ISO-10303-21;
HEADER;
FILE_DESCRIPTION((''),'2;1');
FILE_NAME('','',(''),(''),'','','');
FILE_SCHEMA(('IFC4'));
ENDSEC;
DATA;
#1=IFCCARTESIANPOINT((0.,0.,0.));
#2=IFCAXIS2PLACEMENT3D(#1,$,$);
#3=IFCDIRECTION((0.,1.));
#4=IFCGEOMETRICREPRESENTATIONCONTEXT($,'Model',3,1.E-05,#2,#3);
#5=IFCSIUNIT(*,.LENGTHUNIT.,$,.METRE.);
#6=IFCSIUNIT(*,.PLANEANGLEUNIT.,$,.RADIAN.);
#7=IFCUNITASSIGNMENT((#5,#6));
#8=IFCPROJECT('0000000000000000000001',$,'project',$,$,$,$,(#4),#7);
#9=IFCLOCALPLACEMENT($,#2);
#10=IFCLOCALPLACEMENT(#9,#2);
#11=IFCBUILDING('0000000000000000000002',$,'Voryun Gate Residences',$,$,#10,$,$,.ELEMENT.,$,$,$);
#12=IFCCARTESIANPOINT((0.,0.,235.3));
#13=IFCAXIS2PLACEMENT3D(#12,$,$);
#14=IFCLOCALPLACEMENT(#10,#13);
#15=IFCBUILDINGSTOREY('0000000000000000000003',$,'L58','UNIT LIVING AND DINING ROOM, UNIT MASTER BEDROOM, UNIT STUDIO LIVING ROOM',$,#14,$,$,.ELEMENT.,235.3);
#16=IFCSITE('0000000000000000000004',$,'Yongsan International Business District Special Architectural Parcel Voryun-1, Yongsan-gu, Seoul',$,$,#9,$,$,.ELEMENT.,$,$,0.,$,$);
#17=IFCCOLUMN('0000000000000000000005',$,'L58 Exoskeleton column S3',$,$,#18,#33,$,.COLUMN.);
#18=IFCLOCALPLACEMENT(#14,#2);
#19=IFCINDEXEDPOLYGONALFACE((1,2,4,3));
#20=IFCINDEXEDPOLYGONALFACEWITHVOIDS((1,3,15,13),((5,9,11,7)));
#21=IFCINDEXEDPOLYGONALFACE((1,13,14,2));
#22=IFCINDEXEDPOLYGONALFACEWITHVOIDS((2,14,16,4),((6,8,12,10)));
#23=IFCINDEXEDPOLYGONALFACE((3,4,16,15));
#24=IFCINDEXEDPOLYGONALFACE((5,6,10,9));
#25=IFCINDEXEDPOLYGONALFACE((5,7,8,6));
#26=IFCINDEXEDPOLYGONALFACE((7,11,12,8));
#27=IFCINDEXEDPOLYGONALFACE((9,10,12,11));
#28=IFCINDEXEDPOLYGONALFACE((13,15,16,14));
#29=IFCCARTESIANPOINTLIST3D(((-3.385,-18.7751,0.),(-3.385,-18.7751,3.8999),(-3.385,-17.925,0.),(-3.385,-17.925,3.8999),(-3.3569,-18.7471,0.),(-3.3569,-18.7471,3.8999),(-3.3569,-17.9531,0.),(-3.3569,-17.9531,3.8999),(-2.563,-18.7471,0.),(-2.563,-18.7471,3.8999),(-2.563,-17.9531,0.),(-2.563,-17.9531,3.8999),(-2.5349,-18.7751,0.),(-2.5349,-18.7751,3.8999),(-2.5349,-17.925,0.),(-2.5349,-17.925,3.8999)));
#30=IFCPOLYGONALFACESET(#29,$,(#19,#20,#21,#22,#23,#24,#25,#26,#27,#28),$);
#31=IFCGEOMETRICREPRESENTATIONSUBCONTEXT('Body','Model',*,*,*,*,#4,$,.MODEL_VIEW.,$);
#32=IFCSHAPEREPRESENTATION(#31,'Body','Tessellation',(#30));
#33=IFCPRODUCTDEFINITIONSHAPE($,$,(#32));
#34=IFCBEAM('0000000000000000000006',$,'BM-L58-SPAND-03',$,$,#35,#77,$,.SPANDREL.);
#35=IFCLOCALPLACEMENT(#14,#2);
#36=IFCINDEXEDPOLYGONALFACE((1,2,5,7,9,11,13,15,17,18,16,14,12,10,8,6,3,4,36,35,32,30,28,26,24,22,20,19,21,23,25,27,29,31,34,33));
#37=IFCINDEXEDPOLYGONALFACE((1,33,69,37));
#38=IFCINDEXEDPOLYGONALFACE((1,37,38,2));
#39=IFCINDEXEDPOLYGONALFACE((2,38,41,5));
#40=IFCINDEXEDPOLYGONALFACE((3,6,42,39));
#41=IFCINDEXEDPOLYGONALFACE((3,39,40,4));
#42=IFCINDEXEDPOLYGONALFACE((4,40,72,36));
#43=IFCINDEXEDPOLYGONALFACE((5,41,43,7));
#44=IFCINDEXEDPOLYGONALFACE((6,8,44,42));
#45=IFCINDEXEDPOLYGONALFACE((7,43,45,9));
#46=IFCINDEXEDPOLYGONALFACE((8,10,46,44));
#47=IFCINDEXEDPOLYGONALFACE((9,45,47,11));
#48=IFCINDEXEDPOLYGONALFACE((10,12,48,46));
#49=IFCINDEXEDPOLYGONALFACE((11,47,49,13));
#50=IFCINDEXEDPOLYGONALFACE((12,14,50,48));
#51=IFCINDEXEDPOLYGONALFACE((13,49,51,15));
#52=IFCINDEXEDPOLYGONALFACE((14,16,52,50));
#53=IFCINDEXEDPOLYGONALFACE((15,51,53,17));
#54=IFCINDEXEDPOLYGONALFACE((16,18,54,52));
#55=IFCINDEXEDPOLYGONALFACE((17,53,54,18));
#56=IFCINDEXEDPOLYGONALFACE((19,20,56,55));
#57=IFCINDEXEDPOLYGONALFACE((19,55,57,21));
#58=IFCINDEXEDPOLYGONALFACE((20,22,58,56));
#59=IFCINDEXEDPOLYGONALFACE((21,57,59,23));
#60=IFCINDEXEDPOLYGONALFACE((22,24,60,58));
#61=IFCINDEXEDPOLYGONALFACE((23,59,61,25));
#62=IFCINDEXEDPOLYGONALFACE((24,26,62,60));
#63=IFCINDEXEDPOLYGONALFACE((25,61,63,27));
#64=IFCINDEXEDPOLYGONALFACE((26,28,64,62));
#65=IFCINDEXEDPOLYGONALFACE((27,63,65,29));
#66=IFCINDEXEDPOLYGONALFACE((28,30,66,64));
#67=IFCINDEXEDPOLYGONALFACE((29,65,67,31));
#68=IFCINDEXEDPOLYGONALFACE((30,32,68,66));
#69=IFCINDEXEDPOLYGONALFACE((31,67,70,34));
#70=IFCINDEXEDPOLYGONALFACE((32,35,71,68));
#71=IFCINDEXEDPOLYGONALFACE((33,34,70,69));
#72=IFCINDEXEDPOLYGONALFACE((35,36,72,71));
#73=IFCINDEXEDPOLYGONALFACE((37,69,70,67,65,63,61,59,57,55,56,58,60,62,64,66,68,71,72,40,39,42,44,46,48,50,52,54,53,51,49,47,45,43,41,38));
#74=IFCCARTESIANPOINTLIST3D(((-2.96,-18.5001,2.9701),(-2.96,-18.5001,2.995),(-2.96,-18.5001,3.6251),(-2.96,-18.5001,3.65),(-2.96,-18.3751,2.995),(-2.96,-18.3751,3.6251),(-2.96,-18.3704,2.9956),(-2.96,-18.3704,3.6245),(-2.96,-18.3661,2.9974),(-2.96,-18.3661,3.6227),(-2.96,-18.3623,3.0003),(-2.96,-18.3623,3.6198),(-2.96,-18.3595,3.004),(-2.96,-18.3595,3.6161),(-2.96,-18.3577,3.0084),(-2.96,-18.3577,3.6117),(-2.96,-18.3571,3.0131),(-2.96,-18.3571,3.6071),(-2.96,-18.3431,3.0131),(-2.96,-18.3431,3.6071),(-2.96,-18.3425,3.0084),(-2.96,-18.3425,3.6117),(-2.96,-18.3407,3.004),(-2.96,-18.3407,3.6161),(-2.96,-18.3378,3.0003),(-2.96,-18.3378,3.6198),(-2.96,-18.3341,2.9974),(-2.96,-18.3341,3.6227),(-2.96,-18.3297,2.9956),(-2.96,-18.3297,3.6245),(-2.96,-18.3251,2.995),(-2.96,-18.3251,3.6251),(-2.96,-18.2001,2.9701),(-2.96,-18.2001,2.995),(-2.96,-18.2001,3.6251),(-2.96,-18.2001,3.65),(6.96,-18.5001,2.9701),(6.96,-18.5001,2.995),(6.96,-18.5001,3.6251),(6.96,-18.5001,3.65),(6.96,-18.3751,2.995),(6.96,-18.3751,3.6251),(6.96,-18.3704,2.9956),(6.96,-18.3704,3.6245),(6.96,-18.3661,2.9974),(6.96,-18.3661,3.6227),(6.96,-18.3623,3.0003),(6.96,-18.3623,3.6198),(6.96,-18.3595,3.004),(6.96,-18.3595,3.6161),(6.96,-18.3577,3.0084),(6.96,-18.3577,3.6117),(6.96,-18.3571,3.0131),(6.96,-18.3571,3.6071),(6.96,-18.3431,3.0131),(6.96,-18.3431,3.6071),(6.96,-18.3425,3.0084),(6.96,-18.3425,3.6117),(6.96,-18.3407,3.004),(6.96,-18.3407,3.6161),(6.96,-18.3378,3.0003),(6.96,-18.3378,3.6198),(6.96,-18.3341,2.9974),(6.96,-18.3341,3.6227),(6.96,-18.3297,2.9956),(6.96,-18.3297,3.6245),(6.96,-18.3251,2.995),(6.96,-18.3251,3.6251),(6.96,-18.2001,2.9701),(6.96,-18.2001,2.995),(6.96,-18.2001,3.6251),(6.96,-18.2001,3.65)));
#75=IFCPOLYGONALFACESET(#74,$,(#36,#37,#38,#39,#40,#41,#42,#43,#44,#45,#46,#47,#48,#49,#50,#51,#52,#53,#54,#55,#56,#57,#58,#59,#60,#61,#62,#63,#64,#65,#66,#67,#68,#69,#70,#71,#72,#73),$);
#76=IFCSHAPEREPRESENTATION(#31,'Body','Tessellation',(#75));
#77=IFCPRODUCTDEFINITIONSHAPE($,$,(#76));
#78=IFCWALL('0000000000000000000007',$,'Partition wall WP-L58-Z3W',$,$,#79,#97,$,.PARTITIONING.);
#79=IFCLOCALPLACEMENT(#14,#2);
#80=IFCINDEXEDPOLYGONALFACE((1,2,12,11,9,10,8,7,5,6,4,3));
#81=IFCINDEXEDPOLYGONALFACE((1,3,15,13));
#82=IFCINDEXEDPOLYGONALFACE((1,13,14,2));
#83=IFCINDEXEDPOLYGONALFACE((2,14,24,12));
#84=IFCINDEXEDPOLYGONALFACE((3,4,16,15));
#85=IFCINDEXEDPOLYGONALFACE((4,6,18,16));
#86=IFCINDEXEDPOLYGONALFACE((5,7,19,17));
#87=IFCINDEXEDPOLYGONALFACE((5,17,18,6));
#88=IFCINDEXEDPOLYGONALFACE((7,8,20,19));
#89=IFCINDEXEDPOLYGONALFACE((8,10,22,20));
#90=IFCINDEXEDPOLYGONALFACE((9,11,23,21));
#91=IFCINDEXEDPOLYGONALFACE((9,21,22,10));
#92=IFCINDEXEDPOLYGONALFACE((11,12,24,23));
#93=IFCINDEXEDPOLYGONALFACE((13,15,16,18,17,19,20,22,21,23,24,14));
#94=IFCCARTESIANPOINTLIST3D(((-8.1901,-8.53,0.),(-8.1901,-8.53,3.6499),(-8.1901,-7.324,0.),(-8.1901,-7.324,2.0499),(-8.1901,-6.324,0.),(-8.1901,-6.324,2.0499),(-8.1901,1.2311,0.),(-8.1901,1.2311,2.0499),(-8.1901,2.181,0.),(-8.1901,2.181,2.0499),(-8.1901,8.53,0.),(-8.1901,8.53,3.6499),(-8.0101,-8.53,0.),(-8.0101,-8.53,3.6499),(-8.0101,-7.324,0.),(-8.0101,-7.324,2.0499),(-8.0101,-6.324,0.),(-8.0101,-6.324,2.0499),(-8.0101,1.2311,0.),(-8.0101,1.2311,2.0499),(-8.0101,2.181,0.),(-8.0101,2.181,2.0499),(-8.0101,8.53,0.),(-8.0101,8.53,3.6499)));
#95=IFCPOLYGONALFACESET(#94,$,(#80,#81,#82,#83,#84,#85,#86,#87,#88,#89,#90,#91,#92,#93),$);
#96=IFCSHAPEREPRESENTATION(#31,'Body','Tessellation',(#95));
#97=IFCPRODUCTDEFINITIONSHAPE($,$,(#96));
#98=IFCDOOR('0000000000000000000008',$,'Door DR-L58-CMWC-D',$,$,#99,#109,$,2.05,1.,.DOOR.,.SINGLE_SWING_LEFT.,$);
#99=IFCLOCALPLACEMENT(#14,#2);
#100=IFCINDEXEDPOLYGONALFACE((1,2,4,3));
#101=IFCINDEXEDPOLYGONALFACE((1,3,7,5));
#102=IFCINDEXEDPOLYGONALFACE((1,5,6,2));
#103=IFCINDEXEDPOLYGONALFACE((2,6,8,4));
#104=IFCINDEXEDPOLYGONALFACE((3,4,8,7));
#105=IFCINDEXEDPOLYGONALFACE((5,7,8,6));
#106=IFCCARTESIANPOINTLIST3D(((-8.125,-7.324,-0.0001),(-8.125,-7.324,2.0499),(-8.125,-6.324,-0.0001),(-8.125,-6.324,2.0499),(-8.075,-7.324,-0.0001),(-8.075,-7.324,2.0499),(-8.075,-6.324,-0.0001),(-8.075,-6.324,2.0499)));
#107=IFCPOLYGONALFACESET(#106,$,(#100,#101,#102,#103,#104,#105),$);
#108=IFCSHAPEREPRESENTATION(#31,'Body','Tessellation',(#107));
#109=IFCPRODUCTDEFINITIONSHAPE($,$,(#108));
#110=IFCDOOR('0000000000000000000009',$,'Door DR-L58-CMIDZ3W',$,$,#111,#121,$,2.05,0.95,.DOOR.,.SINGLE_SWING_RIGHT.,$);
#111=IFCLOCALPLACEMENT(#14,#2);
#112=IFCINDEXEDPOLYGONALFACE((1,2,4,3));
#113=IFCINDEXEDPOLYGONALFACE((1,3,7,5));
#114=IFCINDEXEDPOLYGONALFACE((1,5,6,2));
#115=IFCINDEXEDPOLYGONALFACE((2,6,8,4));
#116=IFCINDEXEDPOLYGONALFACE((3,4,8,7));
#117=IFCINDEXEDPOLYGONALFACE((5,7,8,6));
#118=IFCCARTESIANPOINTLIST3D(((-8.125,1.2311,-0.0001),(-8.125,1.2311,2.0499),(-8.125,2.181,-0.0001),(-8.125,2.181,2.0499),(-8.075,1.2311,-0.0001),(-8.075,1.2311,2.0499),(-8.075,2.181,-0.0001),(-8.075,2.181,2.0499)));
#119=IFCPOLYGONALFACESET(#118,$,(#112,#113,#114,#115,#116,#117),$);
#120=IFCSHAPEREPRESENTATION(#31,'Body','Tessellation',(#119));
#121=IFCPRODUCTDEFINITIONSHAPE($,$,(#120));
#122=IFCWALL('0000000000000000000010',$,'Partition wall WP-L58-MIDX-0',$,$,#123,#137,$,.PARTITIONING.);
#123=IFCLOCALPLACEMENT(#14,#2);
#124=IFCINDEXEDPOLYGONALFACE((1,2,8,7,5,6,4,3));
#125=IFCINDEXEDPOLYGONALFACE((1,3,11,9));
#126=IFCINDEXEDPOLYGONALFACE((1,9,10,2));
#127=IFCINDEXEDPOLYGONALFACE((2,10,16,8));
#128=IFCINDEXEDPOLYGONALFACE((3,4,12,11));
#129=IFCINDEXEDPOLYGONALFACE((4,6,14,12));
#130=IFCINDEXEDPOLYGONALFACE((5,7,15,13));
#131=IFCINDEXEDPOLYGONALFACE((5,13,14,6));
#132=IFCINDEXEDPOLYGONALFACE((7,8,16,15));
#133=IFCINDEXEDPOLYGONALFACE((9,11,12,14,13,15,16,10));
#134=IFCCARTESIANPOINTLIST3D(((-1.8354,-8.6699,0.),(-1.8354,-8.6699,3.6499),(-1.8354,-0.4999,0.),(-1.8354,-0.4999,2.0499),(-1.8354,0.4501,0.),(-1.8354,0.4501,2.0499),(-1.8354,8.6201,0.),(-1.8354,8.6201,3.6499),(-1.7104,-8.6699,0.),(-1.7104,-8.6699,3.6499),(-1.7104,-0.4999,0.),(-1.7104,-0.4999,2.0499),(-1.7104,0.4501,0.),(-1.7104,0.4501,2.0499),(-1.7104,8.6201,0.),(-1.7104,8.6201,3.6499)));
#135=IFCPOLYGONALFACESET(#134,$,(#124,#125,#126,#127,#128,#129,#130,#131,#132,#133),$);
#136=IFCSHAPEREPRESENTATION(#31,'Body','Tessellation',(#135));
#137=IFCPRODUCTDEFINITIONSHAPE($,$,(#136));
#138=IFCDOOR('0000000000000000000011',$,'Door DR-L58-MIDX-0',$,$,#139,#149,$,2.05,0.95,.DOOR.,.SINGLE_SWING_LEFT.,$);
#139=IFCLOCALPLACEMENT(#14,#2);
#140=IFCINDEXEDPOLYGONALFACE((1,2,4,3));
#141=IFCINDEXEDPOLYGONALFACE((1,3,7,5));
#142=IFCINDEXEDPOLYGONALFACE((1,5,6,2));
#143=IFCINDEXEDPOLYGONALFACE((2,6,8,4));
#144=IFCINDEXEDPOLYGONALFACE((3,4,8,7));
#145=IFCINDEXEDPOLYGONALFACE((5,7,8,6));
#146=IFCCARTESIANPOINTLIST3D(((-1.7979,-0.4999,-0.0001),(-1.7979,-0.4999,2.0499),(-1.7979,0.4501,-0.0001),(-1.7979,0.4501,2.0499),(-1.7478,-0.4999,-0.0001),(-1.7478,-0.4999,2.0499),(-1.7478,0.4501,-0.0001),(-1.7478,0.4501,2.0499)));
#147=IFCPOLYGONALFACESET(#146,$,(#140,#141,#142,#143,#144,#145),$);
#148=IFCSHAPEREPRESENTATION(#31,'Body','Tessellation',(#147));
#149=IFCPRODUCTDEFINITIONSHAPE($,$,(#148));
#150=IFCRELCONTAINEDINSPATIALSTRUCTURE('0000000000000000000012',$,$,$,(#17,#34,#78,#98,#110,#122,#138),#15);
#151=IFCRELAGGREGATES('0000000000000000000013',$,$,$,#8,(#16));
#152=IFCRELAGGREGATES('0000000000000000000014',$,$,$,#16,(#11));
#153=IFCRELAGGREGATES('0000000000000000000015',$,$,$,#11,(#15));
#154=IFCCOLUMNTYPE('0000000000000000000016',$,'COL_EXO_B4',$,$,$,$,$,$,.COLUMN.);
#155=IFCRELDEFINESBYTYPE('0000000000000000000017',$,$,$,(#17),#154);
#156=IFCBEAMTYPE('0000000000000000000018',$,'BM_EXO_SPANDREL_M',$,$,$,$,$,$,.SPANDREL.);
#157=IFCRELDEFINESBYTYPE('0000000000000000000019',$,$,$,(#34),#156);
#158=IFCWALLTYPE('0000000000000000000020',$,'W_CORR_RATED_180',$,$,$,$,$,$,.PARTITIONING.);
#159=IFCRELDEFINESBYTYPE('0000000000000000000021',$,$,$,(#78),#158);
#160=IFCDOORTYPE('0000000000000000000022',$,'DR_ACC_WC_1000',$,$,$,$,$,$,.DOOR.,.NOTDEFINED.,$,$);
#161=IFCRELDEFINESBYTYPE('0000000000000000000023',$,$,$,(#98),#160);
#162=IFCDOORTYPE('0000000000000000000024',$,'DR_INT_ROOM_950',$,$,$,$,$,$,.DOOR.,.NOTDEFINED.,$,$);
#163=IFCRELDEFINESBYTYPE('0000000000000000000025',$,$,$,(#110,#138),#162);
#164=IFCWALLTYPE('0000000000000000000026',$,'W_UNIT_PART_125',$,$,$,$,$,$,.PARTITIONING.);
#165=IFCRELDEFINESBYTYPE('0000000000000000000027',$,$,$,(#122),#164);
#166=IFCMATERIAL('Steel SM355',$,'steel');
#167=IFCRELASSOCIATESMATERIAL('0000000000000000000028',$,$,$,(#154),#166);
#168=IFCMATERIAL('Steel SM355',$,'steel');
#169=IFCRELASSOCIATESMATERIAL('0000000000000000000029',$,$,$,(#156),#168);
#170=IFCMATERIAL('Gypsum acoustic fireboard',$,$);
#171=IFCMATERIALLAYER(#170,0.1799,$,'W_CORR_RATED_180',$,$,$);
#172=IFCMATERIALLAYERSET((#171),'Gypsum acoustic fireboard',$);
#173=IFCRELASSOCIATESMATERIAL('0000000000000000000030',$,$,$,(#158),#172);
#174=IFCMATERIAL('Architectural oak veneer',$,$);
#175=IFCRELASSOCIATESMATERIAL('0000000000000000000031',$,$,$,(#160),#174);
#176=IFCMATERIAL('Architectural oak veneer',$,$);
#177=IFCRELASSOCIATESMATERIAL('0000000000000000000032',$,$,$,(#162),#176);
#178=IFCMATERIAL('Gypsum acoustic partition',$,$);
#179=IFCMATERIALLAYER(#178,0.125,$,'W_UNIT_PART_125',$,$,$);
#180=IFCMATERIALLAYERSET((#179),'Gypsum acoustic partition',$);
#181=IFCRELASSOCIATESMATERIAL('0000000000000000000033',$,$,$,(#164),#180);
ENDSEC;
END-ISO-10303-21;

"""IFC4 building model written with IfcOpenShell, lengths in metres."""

from ifc_helpers import new_model, si_unit, direction, frame, frame_2d, origin, origin_2d, place, context, subcontext, project, spatial, rectangle, hollow_rectangle, i_section, extrude, material, layer, layer_set, material_profile, profile_set, type_object, element, fill, save


model = new_model("IFC4")

# Units and contexts
model_context = context("Model", 3, precision=1e-05, world=origin(), true_north=direction((0.0, 1.0)))
body_context = subcontext(model_context, "Body", "Model", "MODEL_VIEW")
ifc_project = project(units=[si_unit("LENGTHUNIT", "METRE"), si_unit("PLANEANGLEUNIT", "RADIAN")], contexts=[model_context])

# Site, building, storey
site_placement = place(None, origin())
site = spatial("IfcSite", under=ifc_project, at=site_placement, Name="Yongsan International Business District Special Architectural Parcel Voryun-1, Yongsan-gu, Seoul", CompositionType="ELEMENT", RefElevation=0.0)
building_placement = place(site_placement, origin())
building = spatial("IfcBuilding", under=site, at=building_placement, Name="Voryun Gate Residences", CompositionType="ELEMENT")
storey_placement = place(building_placement, frame((0.0, 0.0, 235.3)))
storey = spatial("IfcBuildingStorey", under=building, at=storey_placement, Name="L58", Description="UNIT LIVING AND DINING ROOM, UNIT MASTER BEDROOM, UNIT STUDIO LIVING ROOM", CompositionType="ELEMENT", Elevation=235.3)

# Column
ifc_material_1 = material(Name="Steel SM355", Category="steel")
ifc_material_profile_1 = material_profile(ifc_material_1, hollow_rectangle(XDim=0.8501, YDim=0.8501, WallThickness=0.0281, at=origin_2d()), Name="BOX-850x850x28")
ifc_profile_set_1 = profile_set([ifc_material_profile_1], Name="Steel SM355")
column_type = type_object("IfcColumnType", Name="COL_EXO_B4", PredefinedType="COLUMN", material=ifc_profile_set_1)
column_placement = place(storey_placement, frame((-2.96, -18.3501, 0.0), z_axis=(0.0, 0.0, 1.0), x_axis=(1.0, 0.0, 0.0)))
element("IfcColumn", 1, at=column_placement, inside=storey, type_object=column_type, Name="L58 Exoskeleton column S3", PredefinedType="COLUMN", context=body_context, shape_type="SweptSolid", body=[
    extrude(hollow_rectangle(XDim=0.8501, YDim=0.8501, WallThickness=0.0281, at=origin_2d()), origin(), (0.0, 0.0, 1.0), 3.8999),
])

# Beam
ifc_material_2 = material(Name="Steel SM355", Category="steel")
ifc_material_profile_2 = material_profile(ifc_material_2, i_section(OverallWidth=0.3, OverallDepth=0.6799, WebThickness=0.0139, FlangeThickness=0.0249, FilletRadius=0.0181, at=origin_2d()), Name="H-680x300x14x25")
ifc_profile_set_2 = profile_set([ifc_material_profile_2], Name="Steel SM355")
beam_type = type_object("IfcBeamType", Name="BM_EXO_SPANDREL_M", PredefinedType="SPANDREL", material=ifc_profile_set_2)
beam_placement = place(storey_placement, frame((-2.96, -18.3501, 3.3101), z_axis=(1.0, 0.0, 0.0), x_axis=(0.0, 1.0, 0.0)))
element("IfcBeam", 2, at=beam_placement, inside=storey, type_object=beam_type, Name="BM-L58-SPAND-03", PredefinedType="SPANDREL", context=body_context, shape_type="SweptSolid", body=[
    extrude(i_section(OverallWidth=0.3, OverallDepth=0.6799, WebThickness=0.0139, FlangeThickness=0.0249, FilletRadius=0.0181, at=origin_2d()), origin(), (0.0, 0.0, 1.0), 9.9199),
])

# Wall, openings, doors
ifc_material_3 = material(Name="Gypsum acoustic fireboard")
ifc_layer_1 = layer(ifc_material_3, 0.1799, Name="W_CORR_RATED_180")
ifc_layer_set_1 = layer_set([ifc_layer_1], Name="Gypsum acoustic fireboard")
wall_type_1 = type_object("IfcWallType", Name="W_CORR_RATED_180", PredefinedType="PARTITIONING", material=ifc_layer_set_1)
wall_1_placement = place(storey_placement, frame((-8.1001, -8.53, 0.0), z_axis=(0.0, 0.0, 1.0), x_axis=(0.0, 1.0, 0.0)))
wall_1 = element("IfcWall", 3, at=wall_1_placement, inside=storey, type_object=wall_type_1, Name="Partition wall WP-L58-Z3W", PredefinedType="PARTITIONING", context=body_context, shape_type="SweptSolid", body=[
    extrude(rectangle(XDim=17.0601, YDim=0.1799, at=frame_2d((8.53, 0.0))), origin(), (0.0, 0.0, 1.0), 3.6499),
])
opening_1_placement = place(wall_1_placement, frame((1.2061, 0.0, 0.0)))
opening_1 = element("IfcOpeningElement", 4, at=opening_1_placement, cuts=wall_1, PredefinedType="OPENING", context=body_context, shape_type="SweptSolid", body=[
    extrude(rectangle(XDim=1.0, YDim=2.05, at=frame_2d((0.5, 1.0249))), frame((0.0, 0.0999, 0.0), z_axis=(0.0, -1.0, 0.0), x_axis=(1.0, 0.0, 0.0)), (0.0, 0.0, 1.0), 0.2),
])
opening_2_placement = place(wall_1_placement, frame((9.761, 0.0, 0.0)))
opening_2 = element("IfcOpeningElement", 5, at=opening_2_placement, cuts=wall_1, PredefinedType="OPENING", context=body_context, shape_type="SweptSolid", body=[
    extrude(rectangle(XDim=0.95, YDim=2.05, at=frame_2d((0.4751, 1.0249))), frame((0.0, 0.0999, 0.0), z_axis=(0.0, -1.0, 0.0), x_axis=(1.0, 0.0, 0.0)), (0.0, 0.0, 1.0), 0.2),
])
ifc_material_4 = material(Name="Architectural oak veneer")
door_type_1 = type_object("IfcDoorType", Name="DR_ACC_WC_1000", OperationType="NOTDEFINED", PredefinedType="DOOR", material=ifc_material_4)
door_1_placement = place(opening_1_placement, origin())
door_1 = element("IfcDoor", 6, at=door_1_placement, inside=storey, type_object=door_type_1, Name="Door DR-L58-CMWC-D", OperationType="SINGLE_SWING_LEFT", OverallHeight=2.05, OverallWidth=1.0, PredefinedType="DOOR", context=body_context, shape_type="SweptSolid", body=[
    extrude(rectangle(XDim=1.0, YDim=2.05, at=frame_2d((0.5, 1.0249))), frame((0.0, 0.0249, 0.0), z_axis=(0.0, -1.0, 0.0), x_axis=(1.0, 0.0, 0.0)), (0.0, 0.0, 1.0), 0.05),
])
fill(opening_1, door_1)
ifc_material_5 = material(Name="Architectural oak veneer")
door_type_2 = type_object("IfcDoorType", Name="DR_INT_ROOM_950", OperationType="NOTDEFINED", PredefinedType="DOOR", material=ifc_material_5)
door_2_placement = place(opening_2_placement, origin())
door_2 = element("IfcDoor", 7, at=door_2_placement, inside=storey, type_object=door_type_2, Name="Door DR-L58-CMIDZ3W", OperationType="SINGLE_SWING_RIGHT", OverallHeight=2.05, OverallWidth=0.95, PredefinedType="DOOR", context=body_context, shape_type="SweptSolid", body=[
    extrude(rectangle(XDim=0.95, YDim=2.05, at=frame_2d((0.4751, 1.0249))), frame((0.0, 0.0249, 0.0), z_axis=(0.0, -1.0, 0.0), x_axis=(1.0, 0.0, 0.0)), (0.0, 0.0, 1.0), 0.05),
])
fill(opening_2, door_2)

# Wall, opening, door
ifc_material_6 = material(Name="Gypsum acoustic partition")
ifc_layer_2 = layer(ifc_material_6, 0.125, Name="W_UNIT_PART_125")
ifc_layer_set_2 = layer_set([ifc_layer_2], Name="Gypsum acoustic partition")
wall_type_2 = type_object("IfcWallType", Name="W_UNIT_PART_125", PredefinedType="PARTITIONING", material=ifc_layer_set_2)
wall_2_placement = place(storey_placement, frame((-1.7729, -8.6699, 0.0), z_axis=(0.0, 0.0, 1.0), x_axis=(0.0, 1.0, 0.0)))
wall_2 = element("IfcWall", 8, at=wall_2_placement, inside=storey, type_object=wall_type_2, Name="Partition wall WP-L58-MIDX-0", PredefinedType="PARTITIONING", context=body_context, shape_type="SweptSolid", body=[
    extrude(rectangle(XDim=17.29, YDim=0.125, at=frame_2d((8.645, 0.0))), origin(), (0.0, 0.0, 1.0), 3.6499),
])
opening_3_placement = place(wall_2_placement, frame((8.1699, 0.0, 0.0)))
opening_3 = element("IfcOpeningElement", 9, at=opening_3_placement, cuts=wall_2, PredefinedType="OPENING", context=body_context, shape_type="SweptSolid", body=[
    extrude(rectangle(XDim=0.95, YDim=2.05, at=frame_2d((0.4751, 1.0249))), frame((0.0, 0.0725, 0.0), z_axis=(0.0, -1.0, 0.0), x_axis=(1.0, 0.0, 0.0)), (0.0, 0.0, 1.0), 0.145),
])
door_3_placement = place(opening_3_placement, origin())
door_3 = element("IfcDoor", 10, at=door_3_placement, inside=storey, type_object=door_type_2, Name="Door DR-L58-MIDX-0", OperationType="SINGLE_SWING_LEFT", OverallHeight=2.05, OverallWidth=0.95, PredefinedType="DOOR", context=body_context, shape_type="SweptSolid", body=[
    extrude(rectangle(XDim=0.95, YDim=2.05, at=frame_2d((0.4751, 1.0249))), frame((0.0, 0.0249, 0.0), z_axis=(0.0, -1.0, 0.0), x_axis=(1.0, 0.0, 0.0)), (0.0, 0.0, 1.0), 0.05),
])
fill(opening_3, door_3)

save(model, "model.ifc")
